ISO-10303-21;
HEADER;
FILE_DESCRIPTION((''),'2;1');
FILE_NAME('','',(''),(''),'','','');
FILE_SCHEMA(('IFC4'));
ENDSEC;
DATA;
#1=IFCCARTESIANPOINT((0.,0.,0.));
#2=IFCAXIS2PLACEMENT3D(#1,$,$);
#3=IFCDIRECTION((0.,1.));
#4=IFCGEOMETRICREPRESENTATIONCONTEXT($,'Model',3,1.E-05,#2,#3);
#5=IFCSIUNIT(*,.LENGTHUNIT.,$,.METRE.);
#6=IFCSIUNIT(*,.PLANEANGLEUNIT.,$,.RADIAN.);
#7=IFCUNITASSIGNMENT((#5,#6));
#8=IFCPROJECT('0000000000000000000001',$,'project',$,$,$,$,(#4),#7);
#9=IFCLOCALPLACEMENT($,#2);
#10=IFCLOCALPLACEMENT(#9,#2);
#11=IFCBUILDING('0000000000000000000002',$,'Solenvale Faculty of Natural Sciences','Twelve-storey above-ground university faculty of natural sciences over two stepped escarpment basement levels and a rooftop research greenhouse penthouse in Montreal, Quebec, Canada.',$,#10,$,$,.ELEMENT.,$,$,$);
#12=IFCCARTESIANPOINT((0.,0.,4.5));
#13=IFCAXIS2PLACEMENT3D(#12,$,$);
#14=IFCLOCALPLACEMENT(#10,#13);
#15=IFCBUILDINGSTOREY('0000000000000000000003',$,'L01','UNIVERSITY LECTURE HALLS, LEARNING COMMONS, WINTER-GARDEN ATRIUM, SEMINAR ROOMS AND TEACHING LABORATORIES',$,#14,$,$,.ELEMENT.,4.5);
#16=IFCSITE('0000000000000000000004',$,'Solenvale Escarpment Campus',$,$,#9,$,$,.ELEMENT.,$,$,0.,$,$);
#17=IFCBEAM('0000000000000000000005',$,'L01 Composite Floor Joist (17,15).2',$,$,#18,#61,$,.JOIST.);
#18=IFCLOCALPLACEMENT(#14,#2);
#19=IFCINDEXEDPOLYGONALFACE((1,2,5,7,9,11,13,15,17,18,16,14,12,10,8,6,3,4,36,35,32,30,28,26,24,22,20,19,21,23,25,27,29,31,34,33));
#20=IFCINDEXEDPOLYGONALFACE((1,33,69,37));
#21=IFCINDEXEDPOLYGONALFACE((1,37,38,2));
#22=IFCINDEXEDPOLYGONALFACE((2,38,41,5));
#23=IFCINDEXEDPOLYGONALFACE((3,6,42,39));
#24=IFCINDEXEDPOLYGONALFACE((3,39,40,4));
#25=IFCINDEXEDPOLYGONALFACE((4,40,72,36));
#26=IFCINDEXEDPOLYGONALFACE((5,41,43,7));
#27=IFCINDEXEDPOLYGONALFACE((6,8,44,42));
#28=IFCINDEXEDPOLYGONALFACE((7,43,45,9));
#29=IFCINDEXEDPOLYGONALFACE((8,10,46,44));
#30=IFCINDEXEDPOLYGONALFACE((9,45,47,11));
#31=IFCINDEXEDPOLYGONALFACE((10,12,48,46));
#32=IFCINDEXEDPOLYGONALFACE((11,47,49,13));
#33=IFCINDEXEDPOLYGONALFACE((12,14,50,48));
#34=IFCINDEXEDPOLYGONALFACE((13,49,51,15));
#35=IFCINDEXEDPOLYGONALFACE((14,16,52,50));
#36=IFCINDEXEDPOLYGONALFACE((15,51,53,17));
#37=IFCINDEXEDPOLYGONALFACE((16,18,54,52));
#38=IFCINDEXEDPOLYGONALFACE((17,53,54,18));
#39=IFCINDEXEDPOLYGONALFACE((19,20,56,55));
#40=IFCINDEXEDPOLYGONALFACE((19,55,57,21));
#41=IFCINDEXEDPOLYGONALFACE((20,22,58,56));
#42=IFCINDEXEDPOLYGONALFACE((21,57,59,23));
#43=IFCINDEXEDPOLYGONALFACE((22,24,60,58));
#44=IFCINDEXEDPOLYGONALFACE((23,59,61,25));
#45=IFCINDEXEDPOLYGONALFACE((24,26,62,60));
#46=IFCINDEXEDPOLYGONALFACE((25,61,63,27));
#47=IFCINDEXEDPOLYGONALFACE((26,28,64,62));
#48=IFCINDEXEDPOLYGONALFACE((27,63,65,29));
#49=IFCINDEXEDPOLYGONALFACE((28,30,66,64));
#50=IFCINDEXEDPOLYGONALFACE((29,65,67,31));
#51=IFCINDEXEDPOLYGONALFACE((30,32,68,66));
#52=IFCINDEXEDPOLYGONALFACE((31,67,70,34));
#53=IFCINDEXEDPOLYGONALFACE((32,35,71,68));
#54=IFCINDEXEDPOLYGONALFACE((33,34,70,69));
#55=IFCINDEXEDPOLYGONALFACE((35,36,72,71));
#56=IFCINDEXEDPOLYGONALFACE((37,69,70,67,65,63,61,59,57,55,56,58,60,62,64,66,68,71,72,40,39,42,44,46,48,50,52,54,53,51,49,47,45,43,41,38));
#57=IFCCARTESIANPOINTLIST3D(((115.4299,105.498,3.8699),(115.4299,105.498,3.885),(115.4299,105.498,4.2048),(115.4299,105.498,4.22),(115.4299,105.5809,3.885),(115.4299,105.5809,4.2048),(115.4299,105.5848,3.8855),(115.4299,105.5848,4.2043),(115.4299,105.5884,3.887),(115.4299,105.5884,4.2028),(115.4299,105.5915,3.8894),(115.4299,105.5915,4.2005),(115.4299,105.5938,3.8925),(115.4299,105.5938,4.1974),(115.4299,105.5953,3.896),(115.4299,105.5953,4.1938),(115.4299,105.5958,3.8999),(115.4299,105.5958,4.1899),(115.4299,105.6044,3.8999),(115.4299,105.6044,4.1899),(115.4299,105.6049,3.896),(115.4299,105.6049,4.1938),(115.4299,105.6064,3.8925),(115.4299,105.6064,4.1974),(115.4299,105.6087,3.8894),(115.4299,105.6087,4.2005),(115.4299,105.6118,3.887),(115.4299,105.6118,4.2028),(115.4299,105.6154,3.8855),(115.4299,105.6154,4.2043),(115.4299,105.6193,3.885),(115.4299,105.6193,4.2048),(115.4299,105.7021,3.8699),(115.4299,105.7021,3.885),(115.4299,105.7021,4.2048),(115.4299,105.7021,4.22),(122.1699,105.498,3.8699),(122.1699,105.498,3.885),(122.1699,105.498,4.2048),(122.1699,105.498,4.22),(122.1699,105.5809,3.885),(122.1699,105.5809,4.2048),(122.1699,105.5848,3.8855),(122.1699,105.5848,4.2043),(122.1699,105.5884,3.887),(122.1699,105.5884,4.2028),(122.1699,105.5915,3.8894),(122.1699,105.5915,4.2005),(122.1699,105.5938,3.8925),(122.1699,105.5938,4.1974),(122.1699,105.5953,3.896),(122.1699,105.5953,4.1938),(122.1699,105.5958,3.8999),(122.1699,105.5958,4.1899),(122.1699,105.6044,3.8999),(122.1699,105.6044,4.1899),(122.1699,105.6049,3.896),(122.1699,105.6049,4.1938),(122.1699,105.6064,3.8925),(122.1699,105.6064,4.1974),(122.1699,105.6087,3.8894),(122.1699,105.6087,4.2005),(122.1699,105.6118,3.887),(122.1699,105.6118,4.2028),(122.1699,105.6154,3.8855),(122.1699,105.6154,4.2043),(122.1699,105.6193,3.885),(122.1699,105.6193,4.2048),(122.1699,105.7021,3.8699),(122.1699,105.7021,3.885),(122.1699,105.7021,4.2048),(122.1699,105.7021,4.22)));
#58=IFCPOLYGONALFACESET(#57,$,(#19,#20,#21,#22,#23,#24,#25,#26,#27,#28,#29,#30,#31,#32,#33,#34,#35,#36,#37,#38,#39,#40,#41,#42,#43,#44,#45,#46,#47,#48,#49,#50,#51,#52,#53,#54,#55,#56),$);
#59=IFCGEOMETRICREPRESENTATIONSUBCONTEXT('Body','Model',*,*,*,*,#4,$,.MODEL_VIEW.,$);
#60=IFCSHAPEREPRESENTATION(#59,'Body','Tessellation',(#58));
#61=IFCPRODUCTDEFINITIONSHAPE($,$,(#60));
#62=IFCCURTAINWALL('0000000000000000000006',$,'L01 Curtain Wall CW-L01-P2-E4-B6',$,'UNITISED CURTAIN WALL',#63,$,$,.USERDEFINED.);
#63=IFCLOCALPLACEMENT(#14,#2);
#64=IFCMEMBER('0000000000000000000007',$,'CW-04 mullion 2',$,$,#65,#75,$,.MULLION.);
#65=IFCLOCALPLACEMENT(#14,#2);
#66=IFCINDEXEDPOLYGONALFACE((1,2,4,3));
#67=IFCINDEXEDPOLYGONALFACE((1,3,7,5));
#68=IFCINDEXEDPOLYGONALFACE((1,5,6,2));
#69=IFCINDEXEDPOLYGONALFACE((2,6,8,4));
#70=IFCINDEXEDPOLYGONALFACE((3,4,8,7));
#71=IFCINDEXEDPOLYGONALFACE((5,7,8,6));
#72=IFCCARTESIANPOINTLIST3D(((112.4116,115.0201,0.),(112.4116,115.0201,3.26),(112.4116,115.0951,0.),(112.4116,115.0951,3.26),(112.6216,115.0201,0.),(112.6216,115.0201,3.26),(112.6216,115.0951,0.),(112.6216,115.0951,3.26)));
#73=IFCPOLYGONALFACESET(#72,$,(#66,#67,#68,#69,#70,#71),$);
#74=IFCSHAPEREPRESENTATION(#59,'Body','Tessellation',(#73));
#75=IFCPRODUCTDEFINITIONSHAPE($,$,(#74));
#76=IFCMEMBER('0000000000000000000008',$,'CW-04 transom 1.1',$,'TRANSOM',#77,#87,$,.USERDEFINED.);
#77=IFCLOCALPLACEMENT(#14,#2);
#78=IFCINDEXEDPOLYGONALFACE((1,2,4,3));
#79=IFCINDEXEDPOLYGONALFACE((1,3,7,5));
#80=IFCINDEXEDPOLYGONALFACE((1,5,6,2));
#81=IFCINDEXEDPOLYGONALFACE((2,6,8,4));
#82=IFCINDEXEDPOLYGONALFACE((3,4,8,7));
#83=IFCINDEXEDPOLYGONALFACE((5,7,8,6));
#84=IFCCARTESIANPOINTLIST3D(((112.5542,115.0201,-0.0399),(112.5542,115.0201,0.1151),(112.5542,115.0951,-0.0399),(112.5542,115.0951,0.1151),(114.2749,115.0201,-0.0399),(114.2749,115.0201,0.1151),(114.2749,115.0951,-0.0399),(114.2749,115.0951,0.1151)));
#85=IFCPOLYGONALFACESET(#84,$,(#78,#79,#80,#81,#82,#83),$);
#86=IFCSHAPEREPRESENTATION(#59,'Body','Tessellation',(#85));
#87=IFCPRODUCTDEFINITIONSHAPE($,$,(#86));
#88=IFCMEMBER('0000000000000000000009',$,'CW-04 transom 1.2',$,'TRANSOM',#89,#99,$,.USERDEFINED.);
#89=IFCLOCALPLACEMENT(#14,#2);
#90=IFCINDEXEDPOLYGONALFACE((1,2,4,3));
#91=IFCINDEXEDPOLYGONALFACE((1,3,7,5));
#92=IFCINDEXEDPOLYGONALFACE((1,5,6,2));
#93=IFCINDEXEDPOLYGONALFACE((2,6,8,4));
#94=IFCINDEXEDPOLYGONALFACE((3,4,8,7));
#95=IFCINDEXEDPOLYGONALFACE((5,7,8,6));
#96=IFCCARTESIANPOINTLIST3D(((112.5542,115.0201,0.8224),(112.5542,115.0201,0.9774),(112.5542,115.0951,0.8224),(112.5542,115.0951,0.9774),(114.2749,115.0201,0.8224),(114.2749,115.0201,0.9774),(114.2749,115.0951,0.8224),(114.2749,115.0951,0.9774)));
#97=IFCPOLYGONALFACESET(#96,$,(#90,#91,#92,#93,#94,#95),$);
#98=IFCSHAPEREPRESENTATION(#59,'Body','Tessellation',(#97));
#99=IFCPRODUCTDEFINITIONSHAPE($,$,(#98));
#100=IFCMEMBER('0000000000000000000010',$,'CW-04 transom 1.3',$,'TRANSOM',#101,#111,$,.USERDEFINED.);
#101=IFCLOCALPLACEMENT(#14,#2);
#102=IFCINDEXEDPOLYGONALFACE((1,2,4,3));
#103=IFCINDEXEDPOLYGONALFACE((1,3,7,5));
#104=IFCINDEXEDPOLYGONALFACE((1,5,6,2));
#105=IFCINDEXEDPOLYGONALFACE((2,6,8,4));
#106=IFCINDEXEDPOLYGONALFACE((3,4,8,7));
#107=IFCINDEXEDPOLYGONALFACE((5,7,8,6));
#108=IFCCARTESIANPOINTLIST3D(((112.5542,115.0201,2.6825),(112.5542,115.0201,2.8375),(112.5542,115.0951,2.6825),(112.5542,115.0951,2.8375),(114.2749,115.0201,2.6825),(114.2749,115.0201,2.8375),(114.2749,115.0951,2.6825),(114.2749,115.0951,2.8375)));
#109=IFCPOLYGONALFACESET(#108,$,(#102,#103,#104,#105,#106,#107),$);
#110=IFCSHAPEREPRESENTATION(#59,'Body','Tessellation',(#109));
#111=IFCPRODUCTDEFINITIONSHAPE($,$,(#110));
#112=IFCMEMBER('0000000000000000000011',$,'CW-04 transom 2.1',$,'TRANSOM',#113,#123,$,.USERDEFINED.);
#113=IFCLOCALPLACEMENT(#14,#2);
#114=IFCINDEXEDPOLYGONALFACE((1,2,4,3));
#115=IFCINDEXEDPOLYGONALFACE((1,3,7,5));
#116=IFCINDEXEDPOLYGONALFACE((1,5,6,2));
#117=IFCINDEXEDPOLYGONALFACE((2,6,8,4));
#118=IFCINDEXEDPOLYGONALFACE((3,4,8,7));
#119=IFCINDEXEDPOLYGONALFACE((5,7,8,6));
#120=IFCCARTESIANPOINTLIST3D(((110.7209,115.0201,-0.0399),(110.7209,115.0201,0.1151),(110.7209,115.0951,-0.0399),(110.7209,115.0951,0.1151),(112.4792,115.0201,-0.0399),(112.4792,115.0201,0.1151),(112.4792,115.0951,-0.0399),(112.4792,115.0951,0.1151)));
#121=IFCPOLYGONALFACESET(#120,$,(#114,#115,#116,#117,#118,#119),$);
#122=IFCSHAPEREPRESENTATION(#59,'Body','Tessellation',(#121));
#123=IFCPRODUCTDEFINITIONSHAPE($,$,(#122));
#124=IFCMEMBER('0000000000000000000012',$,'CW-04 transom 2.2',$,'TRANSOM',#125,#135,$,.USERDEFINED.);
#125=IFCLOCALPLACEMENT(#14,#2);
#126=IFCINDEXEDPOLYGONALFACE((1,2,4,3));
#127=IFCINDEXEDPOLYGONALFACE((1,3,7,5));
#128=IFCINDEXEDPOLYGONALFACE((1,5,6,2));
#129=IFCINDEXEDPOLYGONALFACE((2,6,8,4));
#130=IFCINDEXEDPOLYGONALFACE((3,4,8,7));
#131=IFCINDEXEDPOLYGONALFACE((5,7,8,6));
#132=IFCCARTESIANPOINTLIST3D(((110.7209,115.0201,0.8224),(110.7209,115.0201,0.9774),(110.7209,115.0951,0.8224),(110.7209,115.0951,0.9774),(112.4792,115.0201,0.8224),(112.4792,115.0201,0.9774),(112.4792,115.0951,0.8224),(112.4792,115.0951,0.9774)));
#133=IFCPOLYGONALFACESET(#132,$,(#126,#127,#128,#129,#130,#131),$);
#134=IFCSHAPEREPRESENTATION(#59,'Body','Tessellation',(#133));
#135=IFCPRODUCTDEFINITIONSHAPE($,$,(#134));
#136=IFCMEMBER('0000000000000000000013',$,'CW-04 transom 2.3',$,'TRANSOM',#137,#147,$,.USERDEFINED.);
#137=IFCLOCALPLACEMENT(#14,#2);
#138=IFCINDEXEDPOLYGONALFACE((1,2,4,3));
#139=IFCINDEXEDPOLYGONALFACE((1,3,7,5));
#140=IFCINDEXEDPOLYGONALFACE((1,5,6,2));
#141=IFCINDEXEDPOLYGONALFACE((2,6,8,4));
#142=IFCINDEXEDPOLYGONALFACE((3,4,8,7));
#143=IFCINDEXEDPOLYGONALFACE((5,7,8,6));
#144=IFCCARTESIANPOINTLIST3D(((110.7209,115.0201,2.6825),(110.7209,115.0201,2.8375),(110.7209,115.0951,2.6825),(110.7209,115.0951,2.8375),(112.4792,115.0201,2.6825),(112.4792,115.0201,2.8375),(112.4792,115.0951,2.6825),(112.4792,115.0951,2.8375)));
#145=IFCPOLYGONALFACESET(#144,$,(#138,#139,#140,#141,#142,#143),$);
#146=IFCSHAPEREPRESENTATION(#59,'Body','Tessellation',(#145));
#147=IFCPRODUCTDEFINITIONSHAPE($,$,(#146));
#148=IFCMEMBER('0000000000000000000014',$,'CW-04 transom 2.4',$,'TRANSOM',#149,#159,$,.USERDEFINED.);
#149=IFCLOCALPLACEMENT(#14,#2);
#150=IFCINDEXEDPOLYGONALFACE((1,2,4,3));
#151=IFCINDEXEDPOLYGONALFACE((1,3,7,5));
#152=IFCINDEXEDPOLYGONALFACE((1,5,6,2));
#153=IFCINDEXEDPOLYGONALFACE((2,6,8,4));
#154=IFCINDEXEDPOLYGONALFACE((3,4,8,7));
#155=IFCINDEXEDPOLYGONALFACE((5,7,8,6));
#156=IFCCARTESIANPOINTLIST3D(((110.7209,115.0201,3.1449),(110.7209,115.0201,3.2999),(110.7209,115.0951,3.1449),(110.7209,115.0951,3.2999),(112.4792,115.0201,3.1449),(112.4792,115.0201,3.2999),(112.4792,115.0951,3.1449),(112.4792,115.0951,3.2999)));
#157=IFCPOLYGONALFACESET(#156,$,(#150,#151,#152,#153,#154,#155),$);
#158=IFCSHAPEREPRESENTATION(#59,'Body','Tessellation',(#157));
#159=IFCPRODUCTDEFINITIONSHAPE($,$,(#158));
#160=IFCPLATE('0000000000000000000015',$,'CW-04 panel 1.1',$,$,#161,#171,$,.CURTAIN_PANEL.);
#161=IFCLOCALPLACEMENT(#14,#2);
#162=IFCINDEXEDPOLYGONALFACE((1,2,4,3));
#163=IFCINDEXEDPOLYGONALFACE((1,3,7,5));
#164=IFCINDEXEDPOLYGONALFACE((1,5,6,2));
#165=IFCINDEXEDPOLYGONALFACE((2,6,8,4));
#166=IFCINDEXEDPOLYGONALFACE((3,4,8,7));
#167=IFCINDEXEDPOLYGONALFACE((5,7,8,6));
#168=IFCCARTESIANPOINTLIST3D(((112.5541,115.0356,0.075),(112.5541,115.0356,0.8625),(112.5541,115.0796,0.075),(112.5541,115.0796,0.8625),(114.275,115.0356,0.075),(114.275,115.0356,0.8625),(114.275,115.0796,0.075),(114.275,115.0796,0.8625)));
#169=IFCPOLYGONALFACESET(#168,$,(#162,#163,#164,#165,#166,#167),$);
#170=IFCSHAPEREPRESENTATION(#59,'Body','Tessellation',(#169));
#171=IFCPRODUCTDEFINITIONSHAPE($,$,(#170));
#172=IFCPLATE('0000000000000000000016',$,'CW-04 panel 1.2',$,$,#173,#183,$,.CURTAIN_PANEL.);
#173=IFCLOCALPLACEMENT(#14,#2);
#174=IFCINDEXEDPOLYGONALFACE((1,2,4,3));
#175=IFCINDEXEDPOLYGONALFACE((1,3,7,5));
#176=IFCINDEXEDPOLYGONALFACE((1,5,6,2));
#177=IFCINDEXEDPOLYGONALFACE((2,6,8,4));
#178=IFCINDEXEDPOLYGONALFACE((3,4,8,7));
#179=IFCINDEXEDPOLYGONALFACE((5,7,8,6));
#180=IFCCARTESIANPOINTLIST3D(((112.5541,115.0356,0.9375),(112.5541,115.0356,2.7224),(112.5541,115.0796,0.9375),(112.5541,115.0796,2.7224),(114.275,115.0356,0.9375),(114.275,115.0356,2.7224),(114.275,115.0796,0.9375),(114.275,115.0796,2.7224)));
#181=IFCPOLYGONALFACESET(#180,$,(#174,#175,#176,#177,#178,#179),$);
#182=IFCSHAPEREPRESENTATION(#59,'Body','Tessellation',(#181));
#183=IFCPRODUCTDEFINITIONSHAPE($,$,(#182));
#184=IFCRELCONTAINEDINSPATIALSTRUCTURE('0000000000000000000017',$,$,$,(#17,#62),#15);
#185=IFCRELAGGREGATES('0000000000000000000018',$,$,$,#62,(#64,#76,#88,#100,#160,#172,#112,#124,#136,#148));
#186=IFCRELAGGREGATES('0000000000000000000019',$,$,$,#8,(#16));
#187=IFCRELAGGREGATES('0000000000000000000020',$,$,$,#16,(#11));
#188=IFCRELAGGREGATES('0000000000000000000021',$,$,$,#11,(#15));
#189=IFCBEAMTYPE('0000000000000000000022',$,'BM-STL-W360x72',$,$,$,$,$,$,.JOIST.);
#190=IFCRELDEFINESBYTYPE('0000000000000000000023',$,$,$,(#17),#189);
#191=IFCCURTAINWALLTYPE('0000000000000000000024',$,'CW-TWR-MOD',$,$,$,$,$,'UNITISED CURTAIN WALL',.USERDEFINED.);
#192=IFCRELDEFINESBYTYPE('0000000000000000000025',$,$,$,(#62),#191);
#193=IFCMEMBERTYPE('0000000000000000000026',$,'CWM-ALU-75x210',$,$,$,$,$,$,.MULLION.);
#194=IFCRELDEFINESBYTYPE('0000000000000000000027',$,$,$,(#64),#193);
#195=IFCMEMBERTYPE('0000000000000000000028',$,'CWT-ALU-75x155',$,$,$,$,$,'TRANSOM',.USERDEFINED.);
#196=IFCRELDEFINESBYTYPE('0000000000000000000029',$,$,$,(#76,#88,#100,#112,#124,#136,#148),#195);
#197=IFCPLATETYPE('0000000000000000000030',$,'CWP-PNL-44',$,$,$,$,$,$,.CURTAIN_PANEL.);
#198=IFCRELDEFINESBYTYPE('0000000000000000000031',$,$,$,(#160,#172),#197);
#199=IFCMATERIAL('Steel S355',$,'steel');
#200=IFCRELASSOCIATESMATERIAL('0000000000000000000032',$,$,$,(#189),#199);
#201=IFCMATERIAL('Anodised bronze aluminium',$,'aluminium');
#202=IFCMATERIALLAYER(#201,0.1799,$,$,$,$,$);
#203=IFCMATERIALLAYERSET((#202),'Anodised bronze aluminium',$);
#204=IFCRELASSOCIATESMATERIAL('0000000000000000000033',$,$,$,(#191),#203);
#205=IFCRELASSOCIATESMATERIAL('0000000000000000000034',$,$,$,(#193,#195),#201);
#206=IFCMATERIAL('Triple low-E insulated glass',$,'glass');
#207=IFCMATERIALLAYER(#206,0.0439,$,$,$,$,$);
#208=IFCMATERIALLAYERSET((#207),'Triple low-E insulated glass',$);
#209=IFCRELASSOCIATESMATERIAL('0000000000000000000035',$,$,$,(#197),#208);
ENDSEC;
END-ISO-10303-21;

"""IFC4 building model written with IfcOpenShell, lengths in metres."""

from ifc_helpers import new_model, si_unit, direction, frame, origin, origin_2d, place, context, subcontext, project, spatial, rectangle, i_section, extrude, material, layer, layer_set, material_profile, profile_set, type_object, element, aggregate, save


model = new_model("IFC4")

# Units and contexts
model_context = context("Model", 3, precision=1e-05, world=origin(), true_north=direction((0.0, 1.0)))
body_context = subcontext(model_context, "Body", "Model", "MODEL_VIEW")
ifc_project = project(units=[si_unit("LENGTHUNIT", "METRE"), si_unit("PLANEANGLEUNIT", "RADIAN")], contexts=[model_context])

# Site, building, storey
site_placement = place(None, origin())
site = spatial("IfcSite", under=ifc_project, at=site_placement, Name="Solenvale Escarpment Campus", CompositionType="ELEMENT", RefElevation=0.0)
building_placement = place(site_placement, origin())
building = spatial("IfcBuilding", under=site, at=building_placement, Name="Solenvale Faculty of Natural Sciences", Description="Twelve-storey above-ground university faculty of natural sciences over two stepped escarpment basement levels and a rooftop research greenhouse penthouse in Montreal, Quebec, Canada.", CompositionType="ELEMENT")
storey_placement = place(building_placement, frame((0.0, 0.0, 4.5)))
storey = spatial("IfcBuildingStorey", under=building, at=storey_placement, Name="L01", Description="UNIVERSITY LECTURE HALLS, LEARNING COMMONS, WINTER-GARDEN ATRIUM, SEMINAR ROOMS AND TEACHING LABORATORIES", CompositionType="ELEMENT", Elevation=4.5)

# Beam
ifc_material_1 = material(Name="Steel S355", Category="steel")
ifc_material_profile_1 = material_profile(ifc_material_1, i_section(OverallWidth=0.2041, OverallDepth=0.3501, WebThickness=0.0085, FlangeThickness=0.0151, FilletRadius=0.0149, at=origin_2d()), Name="W360x72")
ifc_profile_set_1 = profile_set([ifc_material_profile_1], Name="Steel S355")
beam_type_1 = type_object("IfcBeamType", Name="BM-STL-W360x72", PredefinedType="JOIST", material=ifc_profile_set_1)
for number, where, z_axis, x_axis, name in (
    (1, (115.4299, 105.6001, 4.0449), (1.0, 0.0, 0.0), (0.0, 1.0, 0.0), "L01 Composite Floor Joist (17,15).2"),
):
    element("IfcBeam", number, at=place(storey_placement, frame(where, z_axis=z_axis, x_axis=x_axis)), inside=storey, type_object=beam_type_1, Name=name, PredefinedType="JOIST", context=body_context, shape_type="SweptSolid", body=[
        extrude(i_section(OverallWidth=0.2041, OverallDepth=0.3501, WebThickness=0.0085, FlangeThickness=0.0151, FilletRadius=0.0149, at=origin_2d()), origin(), (0.0, 0.0, 1.0), 6.74),
    ])

# Curtain wall, members, plates
ifc_material_2 = material(Name="Anodised bronze aluminium", Category="aluminium")
ifc_layer_1 = layer(ifc_material_2, 0.1799)
ifc_layer_set_1 = layer_set([ifc_layer_1], Name="Anodised bronze aluminium")
curtain_wall_type = type_object("IfcCurtainWallType", Name="CW-TWR-MOD", ElementType="UNITISED CURTAIN WALL", PredefinedType="USERDEFINED", material=ifc_layer_set_1)
curtain_wall_placement = place(storey_placement, origin())
curtain_wall = element("IfcCurtainWall", 2, at=curtain_wall_placement, inside=storey, type_object=curtain_wall_type, Name="L01 Curtain Wall CW-L01-P2-E4-B6", ObjectType="UNITISED CURTAIN WALL", PredefinedType="USERDEFINED")
ifc_material_profile_2 = material_profile(ifc_material_2, rectangle(XDim=0.075, YDim=0.21, at=origin_2d()), Name="ALU-MUL-75x210")
ifc_profile_set_2 = profile_set([ifc_material_profile_2], Name="Anodised bronze aluminium")
member_type_1 = type_object("IfcMemberType", Name="CWM-ALU-75x210", PredefinedType="MULLION", material=ifc_profile_set_2)
member_1_placement = place(storey_placement, frame((112.5166, 115.0576, 0.0), z_axis=(0.0, 0.0, 1.0), x_axis=(0.0, -1.0, 0.0)))
member_1 = element("IfcMember", 3, at=member_1_placement, type_object=member_type_1, Name="CW-04 mullion 2", PredefinedType="MULLION", context=body_context, shape_type="SweptSolid", body=[
    extrude(rectangle(XDim=0.075, YDim=0.21, at=origin_2d()), origin(), (0.0, 0.0, 1.0), 3.26),
])
ifc_material_profile_3 = material_profile(ifc_material_2, rectangle(XDim=0.075, YDim=0.155, at=origin_2d()), Name="ALU-TRN-75x155")
ifc_profile_set_3 = profile_set([ifc_material_profile_3], Name="Anodised bronze aluminium")
member_type_2 = type_object("IfcMemberType", Name="CWT-ALU-75x155", ElementType="TRANSOM", PredefinedType="USERDEFINED", material=ifc_profile_set_3)
member_2_placement = place(storey_placement, frame((114.2749, 115.0576, 0.0376), z_axis=(-1.0, 0.0, 0.0), x_axis=(0.0, -1.0, 0.0)))
member_2 = element("IfcMember", 4, at=member_2_placement, type_object=member_type_2, Name="CW-04 transom 1.1", ObjectType="TRANSOM", PredefinedType="USERDEFINED", context=body_context, shape_type="SweptSolid", body=[
    extrude(rectangle(XDim=0.075, YDim=0.155, at=origin_2d()), origin(), (0.0, 0.0, 1.0), 1.7207),
])
member_3_placement = place(storey_placement, frame((114.2749, 115.0576, 0.8999), z_axis=(-1.0, 0.0, 0.0), x_axis=(0.0, -1.0, 0.0)))
member_3 = element("IfcMember", 5, at=member_3_placement, type_object=member_type_2, Name="CW-04 transom 1.2", ObjectType="TRANSOM", PredefinedType="USERDEFINED", context=body_context, shape_type="SweptSolid", body=[
    extrude(rectangle(XDim=0.075, YDim=0.155, at=origin_2d()), origin(), (0.0, 0.0, 1.0), 1.7207),
])
member_4_placement = place(storey_placement, frame((114.2749, 115.0576, 2.76), z_axis=(-1.0, 0.0, 0.0), x_axis=(0.0, -1.0, 0.0)))
member_4 = element("IfcMember", 6, at=member_4_placement, type_object=member_type_2, Name="CW-04 transom 1.3", ObjectType="TRANSOM", PredefinedType="USERDEFINED", context=body_context, shape_type="SweptSolid", body=[
    extrude(rectangle(XDim=0.075, YDim=0.155, at=origin_2d()), origin(), (0.0, 0.0, 1.0), 1.7207),
])
member_5_placement = place(storey_placement, frame((112.4792, 115.0576, 0.0376), z_axis=(-1.0, 0.0, 0.0), x_axis=(0.0, -1.0, 0.0)))
member_5 = element("IfcMember", 7, at=member_5_placement, type_object=member_type_2, Name="CW-04 transom 2.1", ObjectType="TRANSOM", PredefinedType="USERDEFINED", context=body_context, shape_type="SweptSolid", body=[
    extrude(rectangle(XDim=0.075, YDim=0.155, at=origin_2d()), origin(), (0.0, 0.0, 1.0), 1.7583),
])
member_6_placement = place(storey_placement, frame((112.4792, 115.0576, 0.8999), z_axis=(-1.0, 0.0, 0.0), x_axis=(0.0, -1.0, 0.0)))
member_6 = element("IfcMember", 8, at=member_6_placement, type_object=member_type_2, Name="CW-04 transom 2.2", ObjectType="TRANSOM", PredefinedType="USERDEFINED", context=body_context, shape_type="SweptSolid", body=[
    extrude(rectangle(XDim=0.075, YDim=0.155, at=origin_2d()), origin(), (0.0, 0.0, 1.0), 1.7583),
])
member_7_placement = place(storey_placement, frame((112.4792, 115.0576, 2.76), z_axis=(-1.0, 0.0, 0.0), x_axis=(0.0, -1.0, 0.0)))
member_7 = element("IfcMember", 9, at=member_7_placement, type_object=member_type_2, Name="CW-04 transom 2.3", ObjectType="TRANSOM", PredefinedType="USERDEFINED", context=body_context, shape_type="SweptSolid", body=[
    extrude(rectangle(XDim=0.075, YDim=0.155, at=origin_2d()), origin(), (0.0, 0.0, 1.0), 1.7583),
])
member_8_placement = place(storey_placement, frame((112.4792, 115.0576, 3.2224), z_axis=(-1.0, 0.0, 0.0), x_axis=(0.0, -1.0, 0.0)))
member_8 = element("IfcMember", 10, at=member_8_placement, type_object=member_type_2, Name="CW-04 transom 2.4", ObjectType="TRANSOM", PredefinedType="USERDEFINED", context=body_context, shape_type="SweptSolid", body=[
    extrude(rectangle(XDim=0.075, YDim=0.155, at=origin_2d()), origin(), (0.0, 0.0, 1.0), 1.7583),
])
ifc_material_3 = material(Name="Triple low-E insulated glass", Category="glass")
ifc_layer_2 = layer(ifc_material_3, 0.0439)
ifc_layer_set_2 = layer_set([ifc_layer_2], Name="Triple low-E insulated glass")
plate_type = type_object("IfcPlateType", Name="CWP-PNL-44", PredefinedType="CURTAIN_PANEL", material=ifc_layer_set_2)
plate_1_placement = place(storey_placement, frame((113.4146, 115.0576, 0.075), z_axis=(0.0, 0.0, 1.0), x_axis=(-1.0, 0.0, 0.0)))
plate_1 = element("IfcPlate", 11, at=plate_1_placement, type_object=plate_type, Name="CW-04 panel 1.1", PredefinedType="CURTAIN_PANEL", context=body_context, shape_type="SweptSolid", body=[
    extrude(rectangle(XDim=1.7209, YDim=0.0439, at=origin_2d()), origin(), (0.0, 0.0, 1.0), 0.7876),
])
plate_2_placement = place(storey_placement, frame((113.4146, 115.0576, 0.9375), z_axis=(0.0, 0.0, 1.0), x_axis=(-1.0, 0.0, 0.0)))
plate_2 = element("IfcPlate", 12, at=plate_2_placement, type_object=plate_type, Name="CW-04 panel 1.2", PredefinedType="CURTAIN_PANEL", context=body_context, shape_type="SweptSolid", body=[
    extrude(rectangle(XDim=1.7209, YDim=0.0439, at=origin_2d()), origin(), (0.0, 0.0, 1.0), 1.7849),
])
aggregate(curtain_wall, [member_1, member_2, member_3, member_4, plate_1, plate_2, member_5, member_6, member_7, member_8])

save(model, "model.ifc")
